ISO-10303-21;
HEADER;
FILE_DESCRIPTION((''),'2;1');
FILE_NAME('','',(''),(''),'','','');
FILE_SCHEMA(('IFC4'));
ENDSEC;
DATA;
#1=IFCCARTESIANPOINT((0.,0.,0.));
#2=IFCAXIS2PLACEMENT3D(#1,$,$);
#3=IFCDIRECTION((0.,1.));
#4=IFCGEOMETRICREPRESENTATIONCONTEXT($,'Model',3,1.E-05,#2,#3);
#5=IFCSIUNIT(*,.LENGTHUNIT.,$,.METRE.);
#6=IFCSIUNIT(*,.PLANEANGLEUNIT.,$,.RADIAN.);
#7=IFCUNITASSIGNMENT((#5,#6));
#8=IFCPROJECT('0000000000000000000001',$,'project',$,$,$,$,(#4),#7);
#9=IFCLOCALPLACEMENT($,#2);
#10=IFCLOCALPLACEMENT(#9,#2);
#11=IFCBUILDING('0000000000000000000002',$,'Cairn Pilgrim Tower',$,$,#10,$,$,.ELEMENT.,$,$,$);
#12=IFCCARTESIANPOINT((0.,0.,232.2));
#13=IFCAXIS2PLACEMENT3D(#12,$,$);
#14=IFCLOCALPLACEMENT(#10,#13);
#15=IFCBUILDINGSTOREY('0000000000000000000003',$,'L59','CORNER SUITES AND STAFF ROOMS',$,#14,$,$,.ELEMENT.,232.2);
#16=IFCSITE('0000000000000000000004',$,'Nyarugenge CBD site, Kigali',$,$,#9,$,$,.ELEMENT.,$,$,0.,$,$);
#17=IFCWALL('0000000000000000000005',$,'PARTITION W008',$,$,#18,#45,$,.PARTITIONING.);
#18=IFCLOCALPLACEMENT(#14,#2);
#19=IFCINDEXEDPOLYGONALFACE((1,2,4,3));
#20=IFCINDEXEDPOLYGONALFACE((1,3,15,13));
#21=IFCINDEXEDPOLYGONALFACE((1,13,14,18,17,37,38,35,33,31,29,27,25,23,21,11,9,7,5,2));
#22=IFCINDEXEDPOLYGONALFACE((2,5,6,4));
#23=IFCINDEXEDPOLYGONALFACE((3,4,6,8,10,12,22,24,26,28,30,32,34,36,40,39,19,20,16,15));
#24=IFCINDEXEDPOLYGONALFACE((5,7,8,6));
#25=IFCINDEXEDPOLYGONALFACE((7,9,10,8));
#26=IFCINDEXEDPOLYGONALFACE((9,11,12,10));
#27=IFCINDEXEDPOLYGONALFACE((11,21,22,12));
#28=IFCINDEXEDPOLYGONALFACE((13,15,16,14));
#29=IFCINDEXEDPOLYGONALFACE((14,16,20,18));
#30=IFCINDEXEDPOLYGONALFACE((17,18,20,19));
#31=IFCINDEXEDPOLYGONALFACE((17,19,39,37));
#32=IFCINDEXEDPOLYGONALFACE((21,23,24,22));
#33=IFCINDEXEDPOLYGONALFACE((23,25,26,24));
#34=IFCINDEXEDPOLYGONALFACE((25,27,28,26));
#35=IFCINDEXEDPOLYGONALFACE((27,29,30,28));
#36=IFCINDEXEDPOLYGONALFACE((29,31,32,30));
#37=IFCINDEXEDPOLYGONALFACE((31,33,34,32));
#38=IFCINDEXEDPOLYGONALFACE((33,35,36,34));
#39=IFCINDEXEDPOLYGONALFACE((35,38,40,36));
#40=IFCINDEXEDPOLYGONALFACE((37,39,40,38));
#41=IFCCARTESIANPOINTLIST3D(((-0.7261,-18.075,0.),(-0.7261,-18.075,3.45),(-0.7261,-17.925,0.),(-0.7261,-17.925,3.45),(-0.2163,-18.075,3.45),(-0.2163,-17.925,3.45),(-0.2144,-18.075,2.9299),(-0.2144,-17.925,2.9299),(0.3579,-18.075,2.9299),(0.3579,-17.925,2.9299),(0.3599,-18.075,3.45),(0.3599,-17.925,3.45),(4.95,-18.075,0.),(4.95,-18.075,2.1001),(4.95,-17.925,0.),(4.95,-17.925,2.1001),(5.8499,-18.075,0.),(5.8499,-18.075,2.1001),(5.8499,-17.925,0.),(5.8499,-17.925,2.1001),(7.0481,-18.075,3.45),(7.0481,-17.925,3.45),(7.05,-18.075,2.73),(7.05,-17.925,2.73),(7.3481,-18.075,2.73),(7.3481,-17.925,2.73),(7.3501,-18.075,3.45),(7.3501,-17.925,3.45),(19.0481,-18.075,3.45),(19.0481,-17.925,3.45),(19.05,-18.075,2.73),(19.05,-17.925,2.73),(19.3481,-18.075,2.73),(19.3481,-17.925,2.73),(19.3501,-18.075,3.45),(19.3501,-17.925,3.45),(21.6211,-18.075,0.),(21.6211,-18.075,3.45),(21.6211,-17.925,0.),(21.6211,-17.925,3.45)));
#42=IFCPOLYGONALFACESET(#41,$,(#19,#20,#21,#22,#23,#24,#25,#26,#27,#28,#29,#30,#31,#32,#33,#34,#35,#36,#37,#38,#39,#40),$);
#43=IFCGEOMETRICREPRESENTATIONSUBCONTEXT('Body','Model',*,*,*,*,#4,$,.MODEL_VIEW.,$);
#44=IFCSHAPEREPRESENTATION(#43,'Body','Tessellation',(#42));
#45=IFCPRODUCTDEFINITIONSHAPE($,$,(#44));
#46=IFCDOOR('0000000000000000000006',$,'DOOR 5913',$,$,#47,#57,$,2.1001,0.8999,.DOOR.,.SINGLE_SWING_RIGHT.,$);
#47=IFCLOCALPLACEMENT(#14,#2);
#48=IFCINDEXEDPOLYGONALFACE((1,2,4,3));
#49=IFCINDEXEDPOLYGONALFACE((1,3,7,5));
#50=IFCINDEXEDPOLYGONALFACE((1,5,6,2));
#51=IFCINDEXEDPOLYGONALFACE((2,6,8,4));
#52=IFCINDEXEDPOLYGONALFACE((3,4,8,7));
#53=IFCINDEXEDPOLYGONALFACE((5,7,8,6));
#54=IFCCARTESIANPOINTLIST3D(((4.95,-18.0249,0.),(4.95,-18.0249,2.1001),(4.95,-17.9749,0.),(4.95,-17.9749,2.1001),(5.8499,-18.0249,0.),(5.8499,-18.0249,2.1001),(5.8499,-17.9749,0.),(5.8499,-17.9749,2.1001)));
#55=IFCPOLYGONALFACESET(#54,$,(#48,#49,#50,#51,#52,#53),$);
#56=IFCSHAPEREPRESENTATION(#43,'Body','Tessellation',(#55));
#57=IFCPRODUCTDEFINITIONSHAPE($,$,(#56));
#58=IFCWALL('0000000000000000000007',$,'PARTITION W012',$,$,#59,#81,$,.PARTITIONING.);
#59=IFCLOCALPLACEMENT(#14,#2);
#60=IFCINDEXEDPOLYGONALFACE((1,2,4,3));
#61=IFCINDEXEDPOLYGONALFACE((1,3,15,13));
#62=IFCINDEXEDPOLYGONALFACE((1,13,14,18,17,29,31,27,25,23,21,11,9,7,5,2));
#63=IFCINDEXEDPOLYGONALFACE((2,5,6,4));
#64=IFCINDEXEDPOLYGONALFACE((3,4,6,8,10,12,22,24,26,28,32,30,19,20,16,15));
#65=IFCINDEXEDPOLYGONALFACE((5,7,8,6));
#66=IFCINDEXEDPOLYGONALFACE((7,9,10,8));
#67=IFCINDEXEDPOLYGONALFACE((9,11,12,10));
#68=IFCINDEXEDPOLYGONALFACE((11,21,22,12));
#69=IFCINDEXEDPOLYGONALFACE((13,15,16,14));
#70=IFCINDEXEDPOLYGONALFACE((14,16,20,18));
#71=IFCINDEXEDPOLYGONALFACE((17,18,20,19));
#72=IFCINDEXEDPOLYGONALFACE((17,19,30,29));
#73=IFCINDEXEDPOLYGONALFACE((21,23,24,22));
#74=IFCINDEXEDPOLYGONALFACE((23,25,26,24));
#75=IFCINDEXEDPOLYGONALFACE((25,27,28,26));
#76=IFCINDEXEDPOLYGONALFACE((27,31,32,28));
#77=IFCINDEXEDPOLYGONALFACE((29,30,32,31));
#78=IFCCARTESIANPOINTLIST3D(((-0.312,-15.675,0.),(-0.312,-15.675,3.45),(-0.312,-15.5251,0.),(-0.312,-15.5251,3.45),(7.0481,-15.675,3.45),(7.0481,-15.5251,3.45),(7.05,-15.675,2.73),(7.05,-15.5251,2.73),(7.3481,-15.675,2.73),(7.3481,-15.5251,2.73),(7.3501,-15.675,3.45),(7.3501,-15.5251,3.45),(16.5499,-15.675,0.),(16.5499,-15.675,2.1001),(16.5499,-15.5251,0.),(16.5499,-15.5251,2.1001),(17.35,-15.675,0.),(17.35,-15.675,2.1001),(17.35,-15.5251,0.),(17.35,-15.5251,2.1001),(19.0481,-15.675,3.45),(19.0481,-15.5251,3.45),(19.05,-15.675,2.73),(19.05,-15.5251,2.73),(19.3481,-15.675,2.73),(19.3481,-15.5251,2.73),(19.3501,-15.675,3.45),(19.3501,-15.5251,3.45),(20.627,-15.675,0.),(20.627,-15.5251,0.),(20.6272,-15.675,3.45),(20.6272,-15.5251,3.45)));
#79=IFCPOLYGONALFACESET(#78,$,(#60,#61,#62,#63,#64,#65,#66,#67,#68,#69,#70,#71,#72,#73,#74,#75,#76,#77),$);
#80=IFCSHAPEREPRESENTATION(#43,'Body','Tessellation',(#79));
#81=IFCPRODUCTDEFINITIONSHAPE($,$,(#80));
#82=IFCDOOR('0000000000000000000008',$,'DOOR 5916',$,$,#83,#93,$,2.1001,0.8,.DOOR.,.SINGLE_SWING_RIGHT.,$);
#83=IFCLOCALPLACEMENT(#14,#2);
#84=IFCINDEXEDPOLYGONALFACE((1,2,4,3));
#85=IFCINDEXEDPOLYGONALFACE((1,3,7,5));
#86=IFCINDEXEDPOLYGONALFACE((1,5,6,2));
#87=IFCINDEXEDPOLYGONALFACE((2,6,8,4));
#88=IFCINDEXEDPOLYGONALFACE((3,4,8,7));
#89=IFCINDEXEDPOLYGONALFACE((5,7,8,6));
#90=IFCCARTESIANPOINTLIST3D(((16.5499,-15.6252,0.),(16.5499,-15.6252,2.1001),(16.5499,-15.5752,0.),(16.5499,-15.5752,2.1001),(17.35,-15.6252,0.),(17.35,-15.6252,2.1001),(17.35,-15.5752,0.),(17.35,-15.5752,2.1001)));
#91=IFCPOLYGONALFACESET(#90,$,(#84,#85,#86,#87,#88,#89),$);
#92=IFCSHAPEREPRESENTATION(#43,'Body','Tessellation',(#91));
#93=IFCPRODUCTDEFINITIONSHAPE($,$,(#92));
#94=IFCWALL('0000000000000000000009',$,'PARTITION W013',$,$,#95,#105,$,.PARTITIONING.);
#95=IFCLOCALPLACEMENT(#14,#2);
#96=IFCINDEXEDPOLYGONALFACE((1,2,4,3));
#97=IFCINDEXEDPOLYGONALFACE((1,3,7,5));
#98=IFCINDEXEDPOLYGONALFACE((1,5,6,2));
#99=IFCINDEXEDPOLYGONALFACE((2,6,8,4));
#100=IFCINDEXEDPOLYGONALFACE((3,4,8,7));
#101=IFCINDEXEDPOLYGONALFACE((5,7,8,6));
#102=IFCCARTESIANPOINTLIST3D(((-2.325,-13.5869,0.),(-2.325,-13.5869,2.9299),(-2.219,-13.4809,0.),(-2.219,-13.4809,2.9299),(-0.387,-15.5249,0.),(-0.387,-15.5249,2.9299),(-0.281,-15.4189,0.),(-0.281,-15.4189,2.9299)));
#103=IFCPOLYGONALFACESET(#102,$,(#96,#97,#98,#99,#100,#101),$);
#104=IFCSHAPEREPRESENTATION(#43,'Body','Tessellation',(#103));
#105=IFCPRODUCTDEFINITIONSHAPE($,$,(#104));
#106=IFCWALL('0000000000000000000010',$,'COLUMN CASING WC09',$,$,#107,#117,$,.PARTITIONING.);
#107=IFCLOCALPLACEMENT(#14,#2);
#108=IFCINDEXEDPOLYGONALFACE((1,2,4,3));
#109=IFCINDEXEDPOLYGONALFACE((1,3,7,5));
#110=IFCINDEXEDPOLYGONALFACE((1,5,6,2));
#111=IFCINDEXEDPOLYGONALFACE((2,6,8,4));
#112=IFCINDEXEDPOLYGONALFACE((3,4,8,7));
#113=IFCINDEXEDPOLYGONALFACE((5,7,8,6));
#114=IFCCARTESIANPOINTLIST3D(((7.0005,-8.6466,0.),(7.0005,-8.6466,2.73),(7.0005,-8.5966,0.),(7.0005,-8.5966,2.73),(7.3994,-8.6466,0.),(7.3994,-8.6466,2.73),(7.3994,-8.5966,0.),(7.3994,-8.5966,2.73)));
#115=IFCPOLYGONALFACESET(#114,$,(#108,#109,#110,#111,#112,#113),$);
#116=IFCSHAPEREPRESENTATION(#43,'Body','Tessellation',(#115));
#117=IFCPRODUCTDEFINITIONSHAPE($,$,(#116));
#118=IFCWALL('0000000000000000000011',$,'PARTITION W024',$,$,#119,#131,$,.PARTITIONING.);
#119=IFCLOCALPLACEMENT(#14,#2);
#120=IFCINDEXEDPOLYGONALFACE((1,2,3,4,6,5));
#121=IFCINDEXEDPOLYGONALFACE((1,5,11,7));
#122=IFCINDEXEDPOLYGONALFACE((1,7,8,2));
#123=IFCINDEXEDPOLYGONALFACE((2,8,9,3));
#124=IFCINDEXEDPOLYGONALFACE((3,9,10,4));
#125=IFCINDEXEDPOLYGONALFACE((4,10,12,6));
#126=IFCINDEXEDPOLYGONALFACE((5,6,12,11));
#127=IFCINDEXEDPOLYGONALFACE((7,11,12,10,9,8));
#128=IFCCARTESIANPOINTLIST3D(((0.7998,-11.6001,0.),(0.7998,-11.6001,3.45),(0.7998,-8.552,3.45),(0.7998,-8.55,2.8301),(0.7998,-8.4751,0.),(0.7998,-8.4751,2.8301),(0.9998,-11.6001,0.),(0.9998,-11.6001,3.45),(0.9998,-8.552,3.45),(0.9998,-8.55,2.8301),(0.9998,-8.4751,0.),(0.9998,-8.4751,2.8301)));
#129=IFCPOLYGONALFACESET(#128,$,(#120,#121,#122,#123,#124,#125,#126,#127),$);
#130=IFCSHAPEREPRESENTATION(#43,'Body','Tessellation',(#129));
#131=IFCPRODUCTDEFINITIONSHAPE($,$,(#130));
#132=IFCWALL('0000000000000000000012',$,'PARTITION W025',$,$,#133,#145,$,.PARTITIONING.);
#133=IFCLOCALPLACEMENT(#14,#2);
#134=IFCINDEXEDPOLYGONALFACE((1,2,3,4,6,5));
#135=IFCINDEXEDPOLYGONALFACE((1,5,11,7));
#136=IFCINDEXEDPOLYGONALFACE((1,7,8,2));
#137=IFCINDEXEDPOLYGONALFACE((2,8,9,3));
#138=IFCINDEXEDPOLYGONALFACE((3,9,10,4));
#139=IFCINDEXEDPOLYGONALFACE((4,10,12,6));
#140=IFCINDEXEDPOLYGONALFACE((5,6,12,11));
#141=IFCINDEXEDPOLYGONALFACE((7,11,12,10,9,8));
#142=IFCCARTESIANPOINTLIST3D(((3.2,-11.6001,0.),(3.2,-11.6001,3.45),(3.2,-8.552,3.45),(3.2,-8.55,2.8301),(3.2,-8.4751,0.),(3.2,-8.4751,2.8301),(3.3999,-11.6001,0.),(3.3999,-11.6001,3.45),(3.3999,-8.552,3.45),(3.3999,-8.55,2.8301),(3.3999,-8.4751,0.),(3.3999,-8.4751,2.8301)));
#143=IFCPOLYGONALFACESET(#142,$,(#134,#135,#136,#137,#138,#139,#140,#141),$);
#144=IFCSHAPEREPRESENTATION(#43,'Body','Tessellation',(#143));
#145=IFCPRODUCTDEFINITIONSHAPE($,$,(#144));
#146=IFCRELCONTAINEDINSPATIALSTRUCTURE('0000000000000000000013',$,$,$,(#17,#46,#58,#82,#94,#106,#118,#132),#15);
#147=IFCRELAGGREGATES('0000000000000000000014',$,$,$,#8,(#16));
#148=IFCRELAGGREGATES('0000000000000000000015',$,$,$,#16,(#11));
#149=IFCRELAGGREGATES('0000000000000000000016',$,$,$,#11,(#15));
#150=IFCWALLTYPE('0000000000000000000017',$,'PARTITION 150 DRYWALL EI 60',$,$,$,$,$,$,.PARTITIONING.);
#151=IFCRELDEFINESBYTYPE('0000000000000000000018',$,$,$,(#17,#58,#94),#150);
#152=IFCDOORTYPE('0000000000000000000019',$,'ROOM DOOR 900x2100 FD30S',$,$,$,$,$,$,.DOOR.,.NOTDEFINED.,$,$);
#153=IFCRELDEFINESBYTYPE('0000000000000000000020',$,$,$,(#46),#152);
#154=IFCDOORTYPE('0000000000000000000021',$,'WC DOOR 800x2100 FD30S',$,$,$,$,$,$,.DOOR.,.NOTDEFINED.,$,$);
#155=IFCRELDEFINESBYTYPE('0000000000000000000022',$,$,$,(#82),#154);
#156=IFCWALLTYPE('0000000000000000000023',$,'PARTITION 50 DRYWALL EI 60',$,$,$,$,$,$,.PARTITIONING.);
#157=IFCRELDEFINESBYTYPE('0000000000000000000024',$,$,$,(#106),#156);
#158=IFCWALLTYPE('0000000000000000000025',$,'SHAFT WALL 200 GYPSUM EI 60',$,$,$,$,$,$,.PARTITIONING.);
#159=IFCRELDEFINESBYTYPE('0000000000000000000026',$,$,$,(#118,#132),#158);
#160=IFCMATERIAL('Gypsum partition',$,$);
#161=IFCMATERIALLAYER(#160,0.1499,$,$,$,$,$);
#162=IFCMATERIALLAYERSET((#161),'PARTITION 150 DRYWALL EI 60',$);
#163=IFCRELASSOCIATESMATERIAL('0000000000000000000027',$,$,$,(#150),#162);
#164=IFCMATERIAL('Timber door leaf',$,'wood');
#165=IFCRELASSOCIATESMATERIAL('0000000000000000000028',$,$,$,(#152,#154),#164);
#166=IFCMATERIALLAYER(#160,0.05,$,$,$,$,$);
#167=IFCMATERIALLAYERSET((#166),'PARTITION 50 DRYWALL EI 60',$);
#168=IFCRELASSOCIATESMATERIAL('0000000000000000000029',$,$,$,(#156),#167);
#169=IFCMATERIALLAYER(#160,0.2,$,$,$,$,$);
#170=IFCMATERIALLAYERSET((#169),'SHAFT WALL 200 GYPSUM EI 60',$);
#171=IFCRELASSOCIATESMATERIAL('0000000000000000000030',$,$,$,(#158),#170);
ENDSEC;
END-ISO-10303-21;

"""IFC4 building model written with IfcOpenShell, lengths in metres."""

from ifc_helpers import new_model, si_unit, direction, frame, frame_2d, origin, place, context, subcontext, project, spatial, polyline, rectangle, outline, extrude, material, layer, layer_set, type_object, element, fill, save


model = new_model("IFC4")

# Units and contexts
model_context = context("Model", 3, precision=1e-05, world=origin(), true_north=direction((0.0, 1.0)))
body_context = subcontext(model_context, "Body", "Model", "MODEL_VIEW")
ifc_project = project(units=[si_unit("LENGTHUNIT", "METRE"), si_unit("PLANEANGLEUNIT", "RADIAN")], contexts=[model_context])

# Site, building, storey
site_placement = place(None, origin())
site = spatial("IfcSite", under=ifc_project, at=site_placement, Name="Nyarugenge CBD site, Kigali", CompositionType="ELEMENT", RefElevation=0.0)
building_placement = place(site_placement, origin())
building = spatial("IfcBuilding", under=site, at=building_placement, Name="Cairn Pilgrim Tower", CompositionType="ELEMENT")
storey_placement = place(building_placement, frame((0.0, 0.0, 232.2)))
storey = spatial("IfcBuildingStorey", under=building, at=storey_placement, Name="L59", Description="CORNER SUITES AND STAFF ROOMS", CompositionType="ELEMENT", Elevation=232.2)

# Walls, openings, doors
ifc_material_1 = material(Name="Gypsum partition")
ifc_material_2 = material(Name="Timber door leaf", Category="wood")
ifc_layer_1 = layer(ifc_material_1, 0.1499)
ifc_layer_set_1 = layer_set([ifc_layer_1], Name="PARTITION 150 DRYWALL EI 60")
wall_type_1 = type_object("IfcWallType", Name="PARTITION 150 DRYWALL EI 60", PredefinedType="PARTITIONING", material=ifc_layer_set_1)
wall_1_placement = place(storey_placement, frame((-0.7261, -18.0, 0.0), z_axis=(0.0, 0.0, 1.0), x_axis=(1.0, 0.0, 0.0)))
wall_1 = element("IfcWall", 1, at=wall_1_placement, inside=storey, type_object=wall_type_1, Name="PARTITION W008", PredefinedType="PARTITIONING", context=body_context, shape_type="SweptSolid", body=[
    extrude(outline(polyline([(0.0, 0.0), (22.3472, 0.0), (22.3472, 3.45), (20.0762, 3.45), (20.0742, 2.73), (19.7761, 2.73), (19.7742, 3.45), (8.0762, 3.45), (8.0742, 2.73), (7.7761, 2.73), (7.7742, 3.45), (1.0859, 3.45), (1.084, 2.9299), (0.5117, 2.9299), (0.5098, 3.45), (0.0, 3.45), (0.0, 0.0)])), frame((0.0, 0.075, 0.0), z_axis=(0.0, -1.0, 0.0), x_axis=(1.0, 0.0, 0.0)), (0.0, 0.0, 1.0), 0.1499),
])
opening_1_placement = place(wall_1_placement, frame((5.676, 0.0, 0.0)))
opening_1 = element("IfcOpeningElement", 2, at=opening_1_placement, cuts=wall_1, PredefinedType="OPENING", context=body_context, shape_type="SweptSolid", body=[
    extrude(rectangle(XDim=0.8999, YDim=2.1001, at=frame_2d((0.45, 1.05))), frame((0.0, 0.085, 0.0), z_axis=(0.0, -1.0, 0.0), x_axis=(1.0, 0.0, 0.0)), (0.0, 0.0, 1.0), 0.1699),
])
door_type_1 = type_object("IfcDoorType", Name="ROOM DOOR 900x2100 FD30S", OperationType="NOTDEFINED", PredefinedType="DOOR", material=ifc_material_2)
door_1_placement = place(opening_1_placement, frame((0.8999, 0.0, 0.0), z_axis=(0.0, 0.0, 1.0), x_axis=(-1.0, 0.0, 0.0)))
door_1 = element("IfcDoor", 3, at=door_1_placement, inside=storey, type_object=door_type_1, Name="DOOR 5913", OperationType="SINGLE_SWING_RIGHT", OverallHeight=2.1001, OverallWidth=0.8999, PredefinedType="DOOR", context=body_context, shape_type="SweptSolid", body=[
    extrude(rectangle(XDim=0.8999, YDim=2.1001, at=frame_2d((0.45, 1.05))), frame((0.0, 0.0249, 0.0), z_axis=(0.0, -1.0, 0.0), x_axis=(1.0, 0.0, 0.0)), (0.0, 0.0, 1.0), 0.05),
])
fill(opening_1, door_1)
wall_2_placement = place(storey_placement, frame((-0.312, -15.6001, 0.0), z_axis=(0.0, 0.0, 1.0), x_axis=(1.0, 0.0, 0.0)))
wall_2 = element("IfcWall", 4, at=wall_2_placement, inside=storey, type_object=wall_type_1, Name="PARTITION W012", PredefinedType="PARTITIONING", context=body_context, shape_type="SweptSolid", body=[
    extrude(outline(polyline([(0.0, 0.0), (20.939, 0.0), (20.9392, 3.45), (19.6621, 3.45), (19.6602, 2.73), (19.3621, 2.73), (19.3601, 3.45), (7.6621, 3.45), (7.6602, 2.73), (7.3621, 2.73), (7.3601, 3.45), (0.0, 3.45), (0.0, 0.0)])), frame((0.0, 0.075, 0.0), z_axis=(0.0, -1.0, 0.0), x_axis=(1.0, 0.0, 0.0)), (0.0, 0.0, 1.0), 0.1499),
])
opening_2_placement = place(wall_2_placement, frame((16.8621, 0.0, 0.0)))
opening_2 = element("IfcOpeningElement", 5, at=opening_2_placement, cuts=wall_2, PredefinedType="OPENING", context=body_context, shape_type="SweptSolid", body=[
    extrude(rectangle(XDim=0.8, YDim=2.1001, at=frame_2d((0.3999, 1.05))), frame((0.0, 0.085, 0.0), z_axis=(0.0, -1.0, 0.0), x_axis=(1.0, 0.0, 0.0)), (0.0, 0.0, 1.0), 0.1699),
])
door_type_2 = type_object("IfcDoorType", Name="WC DOOR 800x2100 FD30S", OperationType="NOTDEFINED", PredefinedType="DOOR", material=ifc_material_2)
door_2_placement = place(opening_2_placement, origin())
door_2 = element("IfcDoor", 6, at=door_2_placement, inside=storey, type_object=door_type_2, Name="DOOR 5916", OperationType="SINGLE_SWING_RIGHT", OverallHeight=2.1001, OverallWidth=0.8, PredefinedType="DOOR", context=body_context, shape_type="SweptSolid", body=[
    extrude(rectangle(XDim=0.8, YDim=2.1001, at=frame_2d((0.3999, 1.05))), frame((0.0, 0.0249, 0.0), z_axis=(0.0, -1.0, 0.0), x_axis=(1.0, 0.0, 0.0)), (0.0, 0.0, 1.0), 0.05),
])
fill(opening_2, door_2)

# Walls
wall_3_placement = place(storey_placement, frame((-0.334, -15.4719, 0.0), z_axis=(0.0, 0.0, 1.0), x_axis=(-0.707107, 0.707107, 0.0)))
element("IfcWall", 7, at=wall_3_placement, inside=storey, type_object=wall_type_1, Name="PARTITION W013", PredefinedType="PARTITIONING", context=body_context, shape_type="SweptSolid", body=[
    extrude(rectangle(XDim=2.7407, YDim=0.1499, at=frame_2d((1.3704, 0.0))), origin(), (0.0, 0.0, 1.0), 2.9299),
])
ifc_layer_2 = layer(ifc_material_1, 0.05)
ifc_layer_set_2 = layer_set([ifc_layer_2], Name="PARTITION 50 DRYWALL EI 60")
wall_type_2 = type_object("IfcWallType", Name="PARTITION 50 DRYWALL EI 60", PredefinedType="PARTITIONING", material=ifc_layer_set_2)
wall_4_placement = place(storey_placement, frame((7.0005, -8.6216, 0.0), z_axis=(0.0, 0.0, 1.0), x_axis=(1.0, 0.0, 0.0)))
element("IfcWall", 8, at=wall_4_placement, inside=storey, type_object=wall_type_2, Name="COLUMN CASING WC09", PredefinedType="PARTITIONING", context=body_context, shape_type="SweptSolid", body=[
    extrude(rectangle(XDim=0.3989, YDim=0.05, at=frame_2d((0.1995, 0.0))), origin(), (0.0, 0.0, 1.0), 2.73),
])
ifc_layer_3 = layer(ifc_material_1, 0.2)
ifc_layer_set_3 = layer_set([ifc_layer_3], Name="SHAFT WALL 200 GYPSUM EI 60")
wall_type_3 = type_object("IfcWallType", Name="SHAFT WALL 200 GYPSUM EI 60", PredefinedType="PARTITIONING", material=ifc_layer_set_3)
for number, where, z_axis, x_axis, name in (
    (9, (0.8999, -11.6001, 0.0), (0.0, 0.0, 1.0), (0.0, 1.0, 0.0), "PARTITION W024"),
    (10, (3.3, -11.6001, 0.0), (0.0, 0.0, 1.0), (0.0, 1.0, 0.0), "PARTITION W025"),
):
    element("IfcWall", number, at=place(storey_placement, frame(where, z_axis=z_axis, x_axis=x_axis)), inside=storey, type_object=wall_type_3, Name=name, PredefinedType="PARTITIONING", context=body_context, shape_type="SweptSolid", body=[
        extrude(outline(polyline([(0.0, 0.0), (3.125, 0.0), (3.125, 2.8301), (3.05, 2.8301), (3.0481, 3.45), (0.0, 3.45), (0.0, 0.0)])), frame((0.0, 0.1001, 0.0), z_axis=(0.0, -1.0, 0.0), x_axis=(1.0, 0.0, 0.0)), (0.0, 0.0, 1.0), 0.2),
    ])

save(model, "model.ifc")
